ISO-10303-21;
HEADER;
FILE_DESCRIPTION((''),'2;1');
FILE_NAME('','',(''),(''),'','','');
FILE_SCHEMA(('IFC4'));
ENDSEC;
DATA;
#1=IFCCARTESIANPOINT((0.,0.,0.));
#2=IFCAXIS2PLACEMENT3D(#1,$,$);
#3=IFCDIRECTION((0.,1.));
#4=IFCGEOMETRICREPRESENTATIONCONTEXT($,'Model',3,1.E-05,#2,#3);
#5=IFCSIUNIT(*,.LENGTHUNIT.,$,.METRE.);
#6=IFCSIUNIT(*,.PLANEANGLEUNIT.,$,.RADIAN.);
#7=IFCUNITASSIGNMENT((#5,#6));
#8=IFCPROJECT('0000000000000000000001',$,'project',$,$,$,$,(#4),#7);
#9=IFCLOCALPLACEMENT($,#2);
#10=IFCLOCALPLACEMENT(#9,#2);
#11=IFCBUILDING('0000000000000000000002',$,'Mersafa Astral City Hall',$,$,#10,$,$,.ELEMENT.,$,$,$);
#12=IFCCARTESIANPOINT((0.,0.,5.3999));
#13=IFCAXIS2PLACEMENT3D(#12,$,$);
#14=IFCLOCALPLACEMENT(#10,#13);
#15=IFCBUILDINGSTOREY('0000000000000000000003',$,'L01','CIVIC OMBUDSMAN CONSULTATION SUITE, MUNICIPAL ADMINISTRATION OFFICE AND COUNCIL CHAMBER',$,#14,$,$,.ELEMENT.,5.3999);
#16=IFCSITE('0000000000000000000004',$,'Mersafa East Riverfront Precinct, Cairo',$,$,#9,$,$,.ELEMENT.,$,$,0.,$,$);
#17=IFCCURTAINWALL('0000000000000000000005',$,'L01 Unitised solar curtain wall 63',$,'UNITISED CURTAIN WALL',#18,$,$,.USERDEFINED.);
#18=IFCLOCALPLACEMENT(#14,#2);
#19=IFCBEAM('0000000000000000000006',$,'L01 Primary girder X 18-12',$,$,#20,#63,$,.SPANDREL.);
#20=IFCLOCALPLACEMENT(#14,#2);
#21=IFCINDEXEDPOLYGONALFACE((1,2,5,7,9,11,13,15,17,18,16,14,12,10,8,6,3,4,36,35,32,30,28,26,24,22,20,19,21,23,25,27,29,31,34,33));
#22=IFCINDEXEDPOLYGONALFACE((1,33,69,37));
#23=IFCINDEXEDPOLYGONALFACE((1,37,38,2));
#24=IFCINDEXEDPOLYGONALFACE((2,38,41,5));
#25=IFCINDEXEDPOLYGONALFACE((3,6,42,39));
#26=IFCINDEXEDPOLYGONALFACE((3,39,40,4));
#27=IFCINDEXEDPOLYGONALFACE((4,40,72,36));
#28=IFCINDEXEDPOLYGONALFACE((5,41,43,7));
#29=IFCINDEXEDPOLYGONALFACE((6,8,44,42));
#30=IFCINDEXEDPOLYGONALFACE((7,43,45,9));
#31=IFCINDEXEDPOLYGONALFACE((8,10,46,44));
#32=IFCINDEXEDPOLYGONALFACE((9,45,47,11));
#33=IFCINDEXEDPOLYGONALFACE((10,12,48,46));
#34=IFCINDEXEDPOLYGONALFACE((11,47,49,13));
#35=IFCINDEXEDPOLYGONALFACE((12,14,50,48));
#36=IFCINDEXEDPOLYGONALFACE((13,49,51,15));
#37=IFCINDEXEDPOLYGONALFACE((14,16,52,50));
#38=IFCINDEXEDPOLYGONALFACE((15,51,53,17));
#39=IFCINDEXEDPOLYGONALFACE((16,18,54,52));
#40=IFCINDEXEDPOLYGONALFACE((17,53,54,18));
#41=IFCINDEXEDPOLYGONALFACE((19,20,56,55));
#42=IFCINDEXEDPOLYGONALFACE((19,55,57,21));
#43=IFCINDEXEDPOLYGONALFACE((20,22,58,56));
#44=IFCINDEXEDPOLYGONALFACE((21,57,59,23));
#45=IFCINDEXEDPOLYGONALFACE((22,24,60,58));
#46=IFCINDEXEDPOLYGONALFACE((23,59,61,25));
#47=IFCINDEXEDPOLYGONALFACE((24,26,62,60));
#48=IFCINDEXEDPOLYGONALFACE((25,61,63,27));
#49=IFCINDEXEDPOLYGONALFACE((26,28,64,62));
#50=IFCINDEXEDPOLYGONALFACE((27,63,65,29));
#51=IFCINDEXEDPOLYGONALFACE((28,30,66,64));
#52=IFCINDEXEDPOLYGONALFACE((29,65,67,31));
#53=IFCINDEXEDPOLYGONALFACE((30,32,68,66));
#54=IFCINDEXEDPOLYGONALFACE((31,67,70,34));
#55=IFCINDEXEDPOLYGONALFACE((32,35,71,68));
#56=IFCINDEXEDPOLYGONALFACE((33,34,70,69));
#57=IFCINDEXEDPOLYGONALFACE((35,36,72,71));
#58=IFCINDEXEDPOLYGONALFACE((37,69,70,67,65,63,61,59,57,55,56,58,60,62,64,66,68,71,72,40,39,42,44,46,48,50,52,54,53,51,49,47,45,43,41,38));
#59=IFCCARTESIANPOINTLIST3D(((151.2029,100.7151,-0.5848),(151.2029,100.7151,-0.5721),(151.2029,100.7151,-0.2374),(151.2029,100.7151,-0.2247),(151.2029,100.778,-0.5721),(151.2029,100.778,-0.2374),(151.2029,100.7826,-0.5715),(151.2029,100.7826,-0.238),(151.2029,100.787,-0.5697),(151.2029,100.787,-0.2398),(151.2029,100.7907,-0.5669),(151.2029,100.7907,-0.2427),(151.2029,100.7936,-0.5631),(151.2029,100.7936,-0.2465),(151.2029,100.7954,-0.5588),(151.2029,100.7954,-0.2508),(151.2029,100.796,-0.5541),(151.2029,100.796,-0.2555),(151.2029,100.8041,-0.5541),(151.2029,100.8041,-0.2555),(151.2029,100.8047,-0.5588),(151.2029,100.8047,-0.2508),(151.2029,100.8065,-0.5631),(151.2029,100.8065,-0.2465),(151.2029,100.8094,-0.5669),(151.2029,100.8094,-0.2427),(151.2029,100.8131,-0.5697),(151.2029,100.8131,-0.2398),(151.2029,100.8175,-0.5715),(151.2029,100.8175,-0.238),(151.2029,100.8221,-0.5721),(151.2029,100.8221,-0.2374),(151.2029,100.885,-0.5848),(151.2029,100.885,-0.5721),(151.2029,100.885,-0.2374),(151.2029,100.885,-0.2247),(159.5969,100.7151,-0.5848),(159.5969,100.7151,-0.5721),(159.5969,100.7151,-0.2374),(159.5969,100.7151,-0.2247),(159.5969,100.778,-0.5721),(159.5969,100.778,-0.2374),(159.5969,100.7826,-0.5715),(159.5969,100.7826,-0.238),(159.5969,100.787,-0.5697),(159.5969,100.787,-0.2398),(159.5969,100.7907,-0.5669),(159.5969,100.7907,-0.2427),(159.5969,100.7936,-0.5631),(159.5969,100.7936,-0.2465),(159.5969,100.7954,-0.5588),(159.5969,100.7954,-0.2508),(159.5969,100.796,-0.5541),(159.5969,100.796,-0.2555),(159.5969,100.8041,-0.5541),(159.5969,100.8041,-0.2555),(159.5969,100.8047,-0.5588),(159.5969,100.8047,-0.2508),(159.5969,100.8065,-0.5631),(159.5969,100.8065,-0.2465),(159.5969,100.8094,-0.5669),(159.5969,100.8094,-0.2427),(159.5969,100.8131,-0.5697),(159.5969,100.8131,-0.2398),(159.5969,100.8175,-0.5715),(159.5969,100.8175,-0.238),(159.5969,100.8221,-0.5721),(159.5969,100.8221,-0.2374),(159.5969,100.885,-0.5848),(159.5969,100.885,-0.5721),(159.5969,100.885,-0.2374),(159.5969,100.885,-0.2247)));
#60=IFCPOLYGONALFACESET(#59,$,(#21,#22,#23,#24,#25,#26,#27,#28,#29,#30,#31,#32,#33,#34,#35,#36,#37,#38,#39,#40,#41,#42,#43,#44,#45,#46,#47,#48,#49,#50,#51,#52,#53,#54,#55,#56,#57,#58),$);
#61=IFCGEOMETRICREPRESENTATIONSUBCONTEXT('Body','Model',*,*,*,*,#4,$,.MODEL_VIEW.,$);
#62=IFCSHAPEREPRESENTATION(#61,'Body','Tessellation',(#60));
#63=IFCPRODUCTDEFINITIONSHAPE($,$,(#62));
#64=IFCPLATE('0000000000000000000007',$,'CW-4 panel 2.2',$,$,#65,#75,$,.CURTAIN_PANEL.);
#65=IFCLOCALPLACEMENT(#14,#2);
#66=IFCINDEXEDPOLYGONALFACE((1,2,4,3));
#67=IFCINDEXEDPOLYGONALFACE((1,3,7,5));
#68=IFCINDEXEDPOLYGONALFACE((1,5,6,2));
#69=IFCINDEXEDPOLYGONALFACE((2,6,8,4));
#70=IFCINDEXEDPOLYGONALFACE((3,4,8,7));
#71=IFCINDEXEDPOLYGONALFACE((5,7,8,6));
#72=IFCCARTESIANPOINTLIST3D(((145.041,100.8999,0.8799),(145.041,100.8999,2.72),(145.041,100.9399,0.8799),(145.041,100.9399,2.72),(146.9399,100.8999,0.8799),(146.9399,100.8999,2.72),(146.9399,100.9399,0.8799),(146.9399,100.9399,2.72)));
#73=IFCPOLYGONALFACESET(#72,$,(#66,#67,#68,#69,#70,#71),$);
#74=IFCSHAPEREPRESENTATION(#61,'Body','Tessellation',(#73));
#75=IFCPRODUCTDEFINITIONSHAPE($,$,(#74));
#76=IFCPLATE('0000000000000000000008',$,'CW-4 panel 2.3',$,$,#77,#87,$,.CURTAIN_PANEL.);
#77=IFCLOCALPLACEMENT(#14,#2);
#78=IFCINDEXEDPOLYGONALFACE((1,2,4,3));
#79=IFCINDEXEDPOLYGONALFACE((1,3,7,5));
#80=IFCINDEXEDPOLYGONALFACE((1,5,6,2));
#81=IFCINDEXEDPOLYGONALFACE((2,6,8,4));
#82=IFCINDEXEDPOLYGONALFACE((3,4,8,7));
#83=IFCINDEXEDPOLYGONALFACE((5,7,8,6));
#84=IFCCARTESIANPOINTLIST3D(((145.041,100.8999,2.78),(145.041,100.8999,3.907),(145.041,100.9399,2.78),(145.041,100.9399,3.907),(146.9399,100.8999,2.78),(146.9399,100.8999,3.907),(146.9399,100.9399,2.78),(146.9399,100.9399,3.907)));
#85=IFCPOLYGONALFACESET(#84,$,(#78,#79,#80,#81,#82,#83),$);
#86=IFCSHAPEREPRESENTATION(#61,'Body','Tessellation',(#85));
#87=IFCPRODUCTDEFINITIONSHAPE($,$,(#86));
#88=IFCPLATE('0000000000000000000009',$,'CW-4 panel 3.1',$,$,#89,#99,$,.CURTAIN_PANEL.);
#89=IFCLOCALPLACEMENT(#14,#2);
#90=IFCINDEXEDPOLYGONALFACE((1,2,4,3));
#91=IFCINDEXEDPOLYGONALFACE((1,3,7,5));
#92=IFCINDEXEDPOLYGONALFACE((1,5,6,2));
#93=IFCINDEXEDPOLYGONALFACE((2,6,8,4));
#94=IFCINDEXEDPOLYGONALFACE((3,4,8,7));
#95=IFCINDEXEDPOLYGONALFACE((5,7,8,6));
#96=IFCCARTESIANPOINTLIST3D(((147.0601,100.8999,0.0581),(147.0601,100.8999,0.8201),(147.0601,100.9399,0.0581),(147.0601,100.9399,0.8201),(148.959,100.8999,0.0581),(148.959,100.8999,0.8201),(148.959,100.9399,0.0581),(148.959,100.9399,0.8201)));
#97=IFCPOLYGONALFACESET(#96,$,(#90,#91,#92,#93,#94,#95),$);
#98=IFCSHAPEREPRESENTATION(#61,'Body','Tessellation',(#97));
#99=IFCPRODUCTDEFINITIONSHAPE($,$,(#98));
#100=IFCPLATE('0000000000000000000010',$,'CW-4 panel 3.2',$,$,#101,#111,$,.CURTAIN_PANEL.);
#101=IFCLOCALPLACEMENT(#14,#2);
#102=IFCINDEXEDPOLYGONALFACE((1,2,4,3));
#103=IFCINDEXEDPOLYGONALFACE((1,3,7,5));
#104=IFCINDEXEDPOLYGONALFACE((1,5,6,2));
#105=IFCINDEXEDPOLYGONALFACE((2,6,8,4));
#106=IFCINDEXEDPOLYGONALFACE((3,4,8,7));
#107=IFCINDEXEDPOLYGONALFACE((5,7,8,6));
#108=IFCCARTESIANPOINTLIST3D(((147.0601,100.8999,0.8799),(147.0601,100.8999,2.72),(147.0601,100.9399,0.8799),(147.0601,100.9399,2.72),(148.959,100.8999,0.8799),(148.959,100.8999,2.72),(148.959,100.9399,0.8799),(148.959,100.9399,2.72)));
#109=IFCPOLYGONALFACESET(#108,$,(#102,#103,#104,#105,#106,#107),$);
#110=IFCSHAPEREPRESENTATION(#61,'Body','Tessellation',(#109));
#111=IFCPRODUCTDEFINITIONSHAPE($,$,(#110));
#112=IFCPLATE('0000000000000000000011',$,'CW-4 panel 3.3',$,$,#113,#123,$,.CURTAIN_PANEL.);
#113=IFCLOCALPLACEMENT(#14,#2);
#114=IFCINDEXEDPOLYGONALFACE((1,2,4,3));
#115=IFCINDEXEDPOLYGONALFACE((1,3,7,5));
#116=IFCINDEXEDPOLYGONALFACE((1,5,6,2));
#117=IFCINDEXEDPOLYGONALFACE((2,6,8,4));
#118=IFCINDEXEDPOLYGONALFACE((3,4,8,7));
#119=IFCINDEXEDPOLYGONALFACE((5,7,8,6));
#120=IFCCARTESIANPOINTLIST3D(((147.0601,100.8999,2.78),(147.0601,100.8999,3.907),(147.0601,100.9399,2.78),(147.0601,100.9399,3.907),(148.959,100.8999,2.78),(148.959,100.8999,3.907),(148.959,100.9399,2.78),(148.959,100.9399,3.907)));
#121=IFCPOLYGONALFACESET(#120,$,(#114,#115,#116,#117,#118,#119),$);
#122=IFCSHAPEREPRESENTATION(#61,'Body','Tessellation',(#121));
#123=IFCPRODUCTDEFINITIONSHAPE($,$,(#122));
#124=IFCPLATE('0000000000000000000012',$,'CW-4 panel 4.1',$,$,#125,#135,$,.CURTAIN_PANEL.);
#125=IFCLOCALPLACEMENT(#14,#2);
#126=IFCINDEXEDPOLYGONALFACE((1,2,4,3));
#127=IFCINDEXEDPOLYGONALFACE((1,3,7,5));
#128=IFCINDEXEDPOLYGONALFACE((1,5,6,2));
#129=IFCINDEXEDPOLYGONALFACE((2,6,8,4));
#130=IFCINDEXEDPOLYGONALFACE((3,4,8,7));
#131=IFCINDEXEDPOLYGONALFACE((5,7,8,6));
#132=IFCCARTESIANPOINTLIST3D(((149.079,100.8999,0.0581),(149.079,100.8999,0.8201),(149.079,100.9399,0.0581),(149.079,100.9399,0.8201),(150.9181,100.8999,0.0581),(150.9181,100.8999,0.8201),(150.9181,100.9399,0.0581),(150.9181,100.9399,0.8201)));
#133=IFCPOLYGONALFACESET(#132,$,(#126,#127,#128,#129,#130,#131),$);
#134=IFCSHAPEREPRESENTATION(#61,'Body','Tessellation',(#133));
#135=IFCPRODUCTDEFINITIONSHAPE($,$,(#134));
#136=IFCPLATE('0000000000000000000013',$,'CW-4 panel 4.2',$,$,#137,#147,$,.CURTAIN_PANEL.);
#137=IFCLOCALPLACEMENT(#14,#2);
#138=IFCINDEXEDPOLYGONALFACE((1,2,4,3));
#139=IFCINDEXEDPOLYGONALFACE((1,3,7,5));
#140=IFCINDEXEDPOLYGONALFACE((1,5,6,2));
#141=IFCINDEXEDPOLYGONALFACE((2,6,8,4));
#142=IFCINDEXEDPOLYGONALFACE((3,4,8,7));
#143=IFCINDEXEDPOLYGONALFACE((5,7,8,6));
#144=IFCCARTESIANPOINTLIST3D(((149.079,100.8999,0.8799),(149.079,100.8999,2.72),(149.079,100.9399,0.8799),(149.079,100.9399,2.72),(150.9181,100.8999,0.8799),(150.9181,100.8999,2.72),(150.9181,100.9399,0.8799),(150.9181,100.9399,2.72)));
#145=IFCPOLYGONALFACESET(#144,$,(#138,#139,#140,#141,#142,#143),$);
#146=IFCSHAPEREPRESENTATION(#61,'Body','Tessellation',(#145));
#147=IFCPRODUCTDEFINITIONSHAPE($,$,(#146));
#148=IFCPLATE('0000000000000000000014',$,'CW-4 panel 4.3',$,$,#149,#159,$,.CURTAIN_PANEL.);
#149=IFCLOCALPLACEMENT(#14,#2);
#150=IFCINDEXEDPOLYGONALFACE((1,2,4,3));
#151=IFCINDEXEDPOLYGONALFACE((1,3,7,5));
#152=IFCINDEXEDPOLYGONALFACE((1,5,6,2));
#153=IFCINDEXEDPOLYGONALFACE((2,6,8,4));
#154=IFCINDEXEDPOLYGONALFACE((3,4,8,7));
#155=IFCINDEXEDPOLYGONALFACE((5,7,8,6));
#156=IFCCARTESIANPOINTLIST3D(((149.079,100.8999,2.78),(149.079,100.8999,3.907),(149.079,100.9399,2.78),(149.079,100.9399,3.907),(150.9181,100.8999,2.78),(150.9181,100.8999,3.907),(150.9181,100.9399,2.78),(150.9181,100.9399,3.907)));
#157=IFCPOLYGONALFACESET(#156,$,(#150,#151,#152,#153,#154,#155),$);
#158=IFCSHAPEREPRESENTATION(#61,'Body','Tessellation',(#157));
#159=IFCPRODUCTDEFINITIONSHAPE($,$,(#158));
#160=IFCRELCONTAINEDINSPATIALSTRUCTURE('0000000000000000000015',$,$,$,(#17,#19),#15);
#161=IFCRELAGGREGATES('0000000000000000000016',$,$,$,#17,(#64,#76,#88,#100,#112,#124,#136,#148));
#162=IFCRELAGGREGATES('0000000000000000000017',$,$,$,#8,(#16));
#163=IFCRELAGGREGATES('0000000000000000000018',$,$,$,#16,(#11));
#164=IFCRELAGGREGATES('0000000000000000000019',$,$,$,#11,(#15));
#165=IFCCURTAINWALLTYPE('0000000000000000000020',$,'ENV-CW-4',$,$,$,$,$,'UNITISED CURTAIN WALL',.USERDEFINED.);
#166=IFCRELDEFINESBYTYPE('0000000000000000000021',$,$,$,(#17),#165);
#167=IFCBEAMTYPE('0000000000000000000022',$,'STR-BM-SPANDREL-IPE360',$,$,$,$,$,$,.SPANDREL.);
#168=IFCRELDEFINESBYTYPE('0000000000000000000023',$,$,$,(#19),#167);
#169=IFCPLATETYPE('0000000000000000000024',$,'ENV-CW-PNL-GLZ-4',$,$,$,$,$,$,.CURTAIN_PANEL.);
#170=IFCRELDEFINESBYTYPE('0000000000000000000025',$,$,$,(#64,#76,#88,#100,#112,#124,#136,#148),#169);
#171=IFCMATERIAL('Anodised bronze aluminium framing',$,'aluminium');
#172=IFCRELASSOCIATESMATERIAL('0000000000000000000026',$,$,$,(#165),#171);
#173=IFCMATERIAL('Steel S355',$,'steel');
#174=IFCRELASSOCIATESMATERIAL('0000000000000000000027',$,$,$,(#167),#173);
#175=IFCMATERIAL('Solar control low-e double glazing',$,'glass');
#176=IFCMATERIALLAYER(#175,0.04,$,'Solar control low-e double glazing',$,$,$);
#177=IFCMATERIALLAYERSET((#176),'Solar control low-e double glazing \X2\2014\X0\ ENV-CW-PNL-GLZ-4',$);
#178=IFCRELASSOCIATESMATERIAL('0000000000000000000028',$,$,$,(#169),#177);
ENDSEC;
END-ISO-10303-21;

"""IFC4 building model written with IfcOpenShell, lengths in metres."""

from ifc_helpers import new_model, si_unit, direction, frame, origin, origin_2d, place, context, subcontext, project, spatial, rectangle, i_section, extrude, material, layer, layer_set, material_profile, profile_set, type_object, element, aggregate, save


model = new_model("IFC4")

# Units and contexts
model_context = context("Model", 3, precision=1e-05, world=origin(), true_north=direction((0.0, 1.0)))
body_context = subcontext(model_context, "Body", "Model", "MODEL_VIEW")
ifc_project = project(units=[si_unit("LENGTHUNIT", "METRE"), si_unit("PLANEANGLEUNIT", "RADIAN")], contexts=[model_context])

# Site, building, storey
site_placement = place(None, origin())
site = spatial("IfcSite", under=ifc_project, at=site_placement, Name="Mersafa East Riverfront Precinct, Cairo", CompositionType="ELEMENT", RefElevation=0.0)
building_placement = place(site_placement, origin())
building = spatial("IfcBuilding", under=site, at=building_placement, Name="Mersafa Astral City Hall", CompositionType="ELEMENT")
storey_placement = place(building_placement, frame((0.0, 0.0, 5.3999)))
storey = spatial("IfcBuildingStorey", under=building, at=storey_placement, Name="L01", Description="CIVIC OMBUDSMAN CONSULTATION SUITE, MUNICIPAL ADMINISTRATION OFFICE AND COUNCIL CHAMBER", CompositionType="ELEMENT", Elevation=5.3999)

# Shared definitions
ifc_material_1 = material(Name="Steel S355", Category="steel")

# Curtain wall
ifc_material_2 = material(Name="Anodised bronze aluminium framing", Category="aluminium")
curtain_wall_type = type_object("IfcCurtainWallType", Name="ENV-CW-4", ElementType="UNITISED CURTAIN WALL", PredefinedType="USERDEFINED", material=ifc_material_2)
curtain_wall_placement = place(storey_placement, origin())
curtain_wall = element("IfcCurtainWall", 1, at=curtain_wall_placement, inside=storey, type_object=curtain_wall_type, Name="L01 Unitised solar curtain wall 63", ObjectType="UNITISED CURTAIN WALL", PredefinedType="USERDEFINED")

# Beam
ifc_material_profile_1 = material_profile(ifc_material_1, i_section(OverallWidth=0.1699, OverallDepth=0.3601, WebThickness=0.0081, FlangeThickness=0.0127, FilletRadius=0.0181, at=origin_2d()), Name="IPE 360")
ifc_profile_set_1 = profile_set([ifc_material_profile_1], Name="Steel S355")
beam_type_1 = type_object("IfcBeamType", Name="STR-BM-SPANDREL-IPE360", PredefinedType="SPANDREL", material=ifc_profile_set_1)
beam_1_placement = place(storey_placement, frame((151.2029, 100.8, -0.4048), z_axis=(1.0, 0.0, 0.0), x_axis=(0.0, 1.0, 0.0)))
element("IfcBeam", 2, at=beam_1_placement, inside=storey, type_object=beam_type_1, Name="L01 Primary girder X 18-12", PredefinedType="SPANDREL", context=body_context, shape_type="SweptSolid", body=[
    extrude(i_section(OverallWidth=0.1699, OverallDepth=0.3601, WebThickness=0.0081, FlangeThickness=0.0127, FilletRadius=0.0181, at=origin_2d()), origin(), (0.0, 0.0, 1.0), 8.394),
])

# Plates
ifc_material_3 = material(Name="Solar control low-e double glazing", Category="glass")
ifc_layer_1 = layer(ifc_material_3, 0.04, Name="Solar control low-e double glazing")
ifc_layer_set_1 = layer_set([ifc_layer_1], Name="Solar control low-e double glazing — ENV-CW-PNL-GLZ-4")
plate_type = type_object("IfcPlateType", Name="ENV-CW-PNL-GLZ-4", PredefinedType="CURTAIN_PANEL", material=ifc_layer_set_1)
plate_1_placement = place(storey_placement, frame((145.9905, 100.9199, 0.8799), z_axis=(0.0, 0.0, 1.0), x_axis=(1.0, 0.0, 0.0)))
plate_1 = element("IfcPlate", 3, at=plate_1_placement, type_object=plate_type, Name="CW-4 panel 2.2", PredefinedType="CURTAIN_PANEL", context=body_context, shape_type="SweptSolid", body=[
    extrude(rectangle(XDim=1.8989, YDim=0.04, at=origin_2d()), origin(), (0.0, 0.0, 1.0), 1.8401),
])
plate_2_placement = place(storey_placement, frame((145.9905, 100.9199, 2.78), z_axis=(0.0, 0.0, 1.0), x_axis=(1.0, 0.0, 0.0)))
plate_2 = element("IfcPlate", 4, at=plate_2_placement, type_object=plate_type, Name="CW-4 panel 2.3", PredefinedType="CURTAIN_PANEL", context=body_context, shape_type="SweptSolid", body=[
    extrude(rectangle(XDim=1.8989, YDim=0.04, at=origin_2d()), origin(), (0.0, 0.0, 1.0), 1.127),
])
plate_3_placement = place(storey_placement, frame((148.0095, 100.9199, 0.0581), z_axis=(0.0, 0.0, 1.0), x_axis=(1.0, 0.0, 0.0)))
plate_3 = element("IfcPlate", 5, at=plate_3_placement, type_object=plate_type, Name="CW-4 panel 3.1", PredefinedType="CURTAIN_PANEL", context=body_context, shape_type="SweptSolid", body=[
    extrude(rectangle(XDim=1.8989, YDim=0.04, at=origin_2d()), origin(), (0.0, 0.0, 1.0), 0.762),
])
plate_4_placement = place(storey_placement, frame((148.0095, 100.9199, 0.8799), z_axis=(0.0, 0.0, 1.0), x_axis=(1.0, 0.0, 0.0)))
plate_4 = element("IfcPlate", 6, at=plate_4_placement, type_object=plate_type, Name="CW-4 panel 3.2", PredefinedType="CURTAIN_PANEL", context=body_context, shape_type="SweptSolid", body=[
    extrude(rectangle(XDim=1.8989, YDim=0.04, at=origin_2d()), origin(), (0.0, 0.0, 1.0), 1.8401),
])
plate_5_placement = place(storey_placement, frame((148.0095, 100.9199, 2.78), z_axis=(0.0, 0.0, 1.0), x_axis=(1.0, 0.0, 0.0)))
plate_5 = element("IfcPlate", 7, at=plate_5_placement, type_object=plate_type, Name="CW-4 panel 3.3", PredefinedType="CURTAIN_PANEL", context=body_context, shape_type="SweptSolid", body=[
    extrude(rectangle(XDim=1.8989, YDim=0.04, at=origin_2d()), origin(), (0.0, 0.0, 1.0), 1.127),
])
plate_6_placement = place(storey_placement, frame((149.9985, 100.9199, 0.0581), z_axis=(0.0, 0.0, 1.0), x_axis=(1.0, 0.0, 0.0)))
plate_6 = element("IfcPlate", 8, at=plate_6_placement, type_object=plate_type, Name="CW-4 panel 4.1", PredefinedType="CURTAIN_PANEL", context=body_context, shape_type="SweptSolid", body=[
    extrude(rectangle(XDim=1.8391, YDim=0.04, at=origin_2d()), origin(), (0.0, 0.0, 1.0), 0.762),
])
plate_7_placement = place(storey_placement, frame((149.9985, 100.9199, 0.8799), z_axis=(0.0, 0.0, 1.0), x_axis=(1.0, 0.0, 0.0)))
plate_7 = element("IfcPlate", 9, at=plate_7_placement, type_object=plate_type, Name="CW-4 panel 4.2", PredefinedType="CURTAIN_PANEL", context=body_context, shape_type="SweptSolid", body=[
    extrude(rectangle(XDim=1.8391, YDim=0.04, at=origin_2d()), origin(), (0.0, 0.0, 1.0), 1.8401),
])
plate_8_placement = place(storey_placement, frame((149.9985, 100.9199, 2.78), z_axis=(0.0, 0.0, 1.0), x_axis=(1.0, 0.0, 0.0)))
plate_8 = element("IfcPlate", 10, at=plate_8_placement, type_object=plate_type, Name="CW-4 panel 4.3", PredefinedType="CURTAIN_PANEL", context=body_context, shape_type="SweptSolid", body=[
    extrude(rectangle(XDim=1.8391, YDim=0.04, at=origin_2d()), origin(), (0.0, 0.0, 1.0), 1.127),
])
aggregate(curtain_wall, [plate_1, plate_2, plate_3, plate_4, plate_5, plate_6, plate_7, plate_8])

save(model, "model.ifc")
